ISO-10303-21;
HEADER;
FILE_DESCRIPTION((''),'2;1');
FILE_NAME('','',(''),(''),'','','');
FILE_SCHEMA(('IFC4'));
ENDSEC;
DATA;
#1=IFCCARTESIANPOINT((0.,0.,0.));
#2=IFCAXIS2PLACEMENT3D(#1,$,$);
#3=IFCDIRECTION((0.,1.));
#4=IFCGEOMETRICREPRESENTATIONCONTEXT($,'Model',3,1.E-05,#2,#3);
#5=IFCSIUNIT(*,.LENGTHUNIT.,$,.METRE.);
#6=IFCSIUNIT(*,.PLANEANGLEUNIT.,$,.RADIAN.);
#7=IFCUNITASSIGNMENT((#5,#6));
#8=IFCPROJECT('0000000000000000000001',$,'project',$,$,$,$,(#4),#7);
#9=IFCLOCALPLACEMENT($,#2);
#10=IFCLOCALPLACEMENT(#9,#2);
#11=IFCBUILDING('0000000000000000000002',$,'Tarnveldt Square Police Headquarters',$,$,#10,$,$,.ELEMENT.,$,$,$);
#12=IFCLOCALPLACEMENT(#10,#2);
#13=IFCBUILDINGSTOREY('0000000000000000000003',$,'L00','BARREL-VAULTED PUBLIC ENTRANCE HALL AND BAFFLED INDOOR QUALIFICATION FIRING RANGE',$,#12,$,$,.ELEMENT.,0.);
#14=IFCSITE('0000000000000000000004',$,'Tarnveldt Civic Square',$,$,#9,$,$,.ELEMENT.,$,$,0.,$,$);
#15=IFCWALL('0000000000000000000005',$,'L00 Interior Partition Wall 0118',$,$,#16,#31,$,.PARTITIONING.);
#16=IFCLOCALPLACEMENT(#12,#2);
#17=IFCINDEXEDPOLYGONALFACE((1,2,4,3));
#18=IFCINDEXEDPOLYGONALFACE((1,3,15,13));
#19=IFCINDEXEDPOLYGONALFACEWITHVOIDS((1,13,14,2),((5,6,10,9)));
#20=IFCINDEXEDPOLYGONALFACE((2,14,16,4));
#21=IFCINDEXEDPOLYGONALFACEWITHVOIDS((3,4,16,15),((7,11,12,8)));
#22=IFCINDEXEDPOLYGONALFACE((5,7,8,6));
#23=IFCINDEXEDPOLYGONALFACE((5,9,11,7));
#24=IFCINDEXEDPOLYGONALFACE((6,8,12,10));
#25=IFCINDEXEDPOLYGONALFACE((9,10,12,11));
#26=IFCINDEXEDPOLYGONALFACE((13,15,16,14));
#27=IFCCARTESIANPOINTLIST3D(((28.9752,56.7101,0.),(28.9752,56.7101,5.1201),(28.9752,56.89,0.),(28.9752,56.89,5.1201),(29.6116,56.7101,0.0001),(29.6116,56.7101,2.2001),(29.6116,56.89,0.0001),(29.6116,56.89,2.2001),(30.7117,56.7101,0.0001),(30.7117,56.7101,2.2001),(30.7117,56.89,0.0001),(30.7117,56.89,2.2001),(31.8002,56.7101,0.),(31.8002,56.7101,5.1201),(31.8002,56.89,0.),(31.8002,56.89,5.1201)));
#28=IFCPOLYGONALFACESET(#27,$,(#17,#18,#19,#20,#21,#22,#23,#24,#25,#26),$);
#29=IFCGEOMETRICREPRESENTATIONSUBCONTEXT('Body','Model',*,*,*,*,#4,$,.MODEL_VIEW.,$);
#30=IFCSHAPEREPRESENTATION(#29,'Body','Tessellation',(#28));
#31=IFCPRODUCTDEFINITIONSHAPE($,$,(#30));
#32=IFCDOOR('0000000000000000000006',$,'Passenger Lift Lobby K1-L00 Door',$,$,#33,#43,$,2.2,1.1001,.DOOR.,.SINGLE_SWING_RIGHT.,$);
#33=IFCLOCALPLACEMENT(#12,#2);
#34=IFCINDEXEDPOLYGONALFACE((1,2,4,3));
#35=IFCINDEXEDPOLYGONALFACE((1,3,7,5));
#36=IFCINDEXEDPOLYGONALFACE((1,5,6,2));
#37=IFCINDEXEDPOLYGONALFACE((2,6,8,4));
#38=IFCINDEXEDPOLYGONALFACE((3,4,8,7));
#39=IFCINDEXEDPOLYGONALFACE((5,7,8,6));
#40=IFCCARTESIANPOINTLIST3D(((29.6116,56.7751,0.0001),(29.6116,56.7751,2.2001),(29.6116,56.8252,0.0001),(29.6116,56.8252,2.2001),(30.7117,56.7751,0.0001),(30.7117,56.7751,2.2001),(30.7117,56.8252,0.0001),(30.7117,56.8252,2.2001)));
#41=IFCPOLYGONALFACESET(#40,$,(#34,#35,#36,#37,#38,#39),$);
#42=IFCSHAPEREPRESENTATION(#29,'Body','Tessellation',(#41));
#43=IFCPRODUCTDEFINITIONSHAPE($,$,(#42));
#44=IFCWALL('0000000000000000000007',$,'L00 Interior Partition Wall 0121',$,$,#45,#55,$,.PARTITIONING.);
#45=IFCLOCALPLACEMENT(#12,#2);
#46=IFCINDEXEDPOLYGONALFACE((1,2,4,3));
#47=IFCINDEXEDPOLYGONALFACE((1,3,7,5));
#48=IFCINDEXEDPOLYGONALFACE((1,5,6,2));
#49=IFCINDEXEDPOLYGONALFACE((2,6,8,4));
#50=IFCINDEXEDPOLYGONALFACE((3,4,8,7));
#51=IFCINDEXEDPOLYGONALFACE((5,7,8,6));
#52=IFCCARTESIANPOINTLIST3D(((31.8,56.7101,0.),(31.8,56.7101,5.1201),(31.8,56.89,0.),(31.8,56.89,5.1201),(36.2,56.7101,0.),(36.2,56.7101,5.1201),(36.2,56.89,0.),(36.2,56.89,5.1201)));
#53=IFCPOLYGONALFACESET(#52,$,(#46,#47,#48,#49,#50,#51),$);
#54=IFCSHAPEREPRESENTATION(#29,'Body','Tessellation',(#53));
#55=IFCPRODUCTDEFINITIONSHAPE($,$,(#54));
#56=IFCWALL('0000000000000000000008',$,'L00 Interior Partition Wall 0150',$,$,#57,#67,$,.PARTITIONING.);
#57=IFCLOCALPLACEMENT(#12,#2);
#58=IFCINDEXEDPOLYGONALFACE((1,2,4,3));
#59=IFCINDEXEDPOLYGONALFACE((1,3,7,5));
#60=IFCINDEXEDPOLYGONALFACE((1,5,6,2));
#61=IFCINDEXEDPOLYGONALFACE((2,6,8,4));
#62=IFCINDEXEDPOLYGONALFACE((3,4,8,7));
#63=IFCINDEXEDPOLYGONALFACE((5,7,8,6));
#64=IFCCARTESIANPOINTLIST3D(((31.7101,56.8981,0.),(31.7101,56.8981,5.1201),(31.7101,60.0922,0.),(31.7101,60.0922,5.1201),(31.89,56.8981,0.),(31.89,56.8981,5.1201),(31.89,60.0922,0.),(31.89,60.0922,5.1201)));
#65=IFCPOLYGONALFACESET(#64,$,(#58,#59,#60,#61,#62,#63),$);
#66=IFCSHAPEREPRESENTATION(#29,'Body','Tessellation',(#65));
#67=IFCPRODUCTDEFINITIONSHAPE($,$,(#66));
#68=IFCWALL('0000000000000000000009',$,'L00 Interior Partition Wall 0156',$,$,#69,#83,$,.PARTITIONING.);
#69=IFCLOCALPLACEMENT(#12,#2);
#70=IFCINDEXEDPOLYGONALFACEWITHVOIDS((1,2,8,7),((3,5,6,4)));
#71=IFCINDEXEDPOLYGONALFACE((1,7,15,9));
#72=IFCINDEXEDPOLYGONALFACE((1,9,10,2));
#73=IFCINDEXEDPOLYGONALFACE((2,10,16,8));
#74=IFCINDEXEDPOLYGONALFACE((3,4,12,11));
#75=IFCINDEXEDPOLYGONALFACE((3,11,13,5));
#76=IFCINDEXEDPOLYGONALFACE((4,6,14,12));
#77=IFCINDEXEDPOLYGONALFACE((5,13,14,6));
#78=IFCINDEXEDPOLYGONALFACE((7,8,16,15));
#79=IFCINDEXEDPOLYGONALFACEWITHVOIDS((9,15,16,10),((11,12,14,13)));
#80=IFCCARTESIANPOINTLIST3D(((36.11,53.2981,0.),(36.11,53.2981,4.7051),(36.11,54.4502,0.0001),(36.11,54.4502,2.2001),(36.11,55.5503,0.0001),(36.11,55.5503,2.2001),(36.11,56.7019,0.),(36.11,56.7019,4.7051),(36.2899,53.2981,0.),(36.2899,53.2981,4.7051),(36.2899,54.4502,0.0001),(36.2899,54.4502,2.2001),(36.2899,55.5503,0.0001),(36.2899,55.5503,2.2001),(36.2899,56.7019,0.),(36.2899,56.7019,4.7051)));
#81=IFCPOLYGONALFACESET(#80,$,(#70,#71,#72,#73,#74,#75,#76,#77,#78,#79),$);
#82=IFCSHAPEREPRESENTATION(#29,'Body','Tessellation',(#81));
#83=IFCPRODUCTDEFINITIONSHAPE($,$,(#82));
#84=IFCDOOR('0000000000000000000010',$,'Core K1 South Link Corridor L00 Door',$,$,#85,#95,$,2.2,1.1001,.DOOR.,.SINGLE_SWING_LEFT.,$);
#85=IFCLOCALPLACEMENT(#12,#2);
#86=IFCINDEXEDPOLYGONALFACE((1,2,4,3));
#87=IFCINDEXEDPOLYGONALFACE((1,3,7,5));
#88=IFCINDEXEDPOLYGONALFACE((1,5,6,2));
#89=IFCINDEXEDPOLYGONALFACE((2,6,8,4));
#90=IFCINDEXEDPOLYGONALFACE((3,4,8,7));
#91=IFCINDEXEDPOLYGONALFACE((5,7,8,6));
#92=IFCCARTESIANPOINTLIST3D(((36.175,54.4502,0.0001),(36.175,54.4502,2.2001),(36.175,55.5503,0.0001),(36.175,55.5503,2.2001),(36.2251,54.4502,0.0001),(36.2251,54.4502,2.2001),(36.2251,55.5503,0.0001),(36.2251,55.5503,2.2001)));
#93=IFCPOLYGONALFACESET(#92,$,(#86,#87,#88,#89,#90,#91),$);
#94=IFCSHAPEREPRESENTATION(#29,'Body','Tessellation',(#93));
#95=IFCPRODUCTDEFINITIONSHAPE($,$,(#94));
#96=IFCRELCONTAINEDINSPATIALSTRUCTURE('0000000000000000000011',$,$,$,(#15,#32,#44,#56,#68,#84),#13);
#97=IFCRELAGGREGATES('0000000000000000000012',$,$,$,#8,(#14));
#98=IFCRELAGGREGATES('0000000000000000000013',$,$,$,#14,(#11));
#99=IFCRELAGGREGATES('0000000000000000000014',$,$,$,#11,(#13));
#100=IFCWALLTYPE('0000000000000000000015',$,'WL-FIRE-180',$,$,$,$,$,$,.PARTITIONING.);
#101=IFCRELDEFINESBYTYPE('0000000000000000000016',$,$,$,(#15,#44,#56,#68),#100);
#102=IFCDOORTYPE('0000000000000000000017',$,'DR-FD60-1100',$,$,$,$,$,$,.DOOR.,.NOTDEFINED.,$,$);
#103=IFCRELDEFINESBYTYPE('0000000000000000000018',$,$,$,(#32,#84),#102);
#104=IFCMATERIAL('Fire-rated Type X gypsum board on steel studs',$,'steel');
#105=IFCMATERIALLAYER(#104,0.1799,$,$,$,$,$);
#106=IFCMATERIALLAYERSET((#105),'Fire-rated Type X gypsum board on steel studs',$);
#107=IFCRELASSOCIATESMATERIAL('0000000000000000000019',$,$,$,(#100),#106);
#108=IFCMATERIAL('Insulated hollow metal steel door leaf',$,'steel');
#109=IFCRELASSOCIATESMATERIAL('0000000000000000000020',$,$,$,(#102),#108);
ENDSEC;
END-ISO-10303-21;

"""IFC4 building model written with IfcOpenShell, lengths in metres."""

from ifc_helpers import new_model, si_unit, direction, frame, frame_2d, origin, place, context, subcontext, project, spatial, rectangle, extrude, material, layer, layer_set, type_object, element, fill, save


model = new_model("IFC4")

# Units and contexts
model_context = context("Model", 3, precision=1e-05, world=origin(), true_north=direction((0.0, 1.0)))
body_context = subcontext(model_context, "Body", "Model", "MODEL_VIEW")
ifc_project = project(units=[si_unit("LENGTHUNIT", "METRE"), si_unit("PLANEANGLEUNIT", "RADIAN")], contexts=[model_context])

# Site, building, storey
site_placement = place(None, origin())
site = spatial("IfcSite", under=ifc_project, at=site_placement, Name="Tarnveldt Civic Square", CompositionType="ELEMENT", RefElevation=0.0)
building_placement = place(site_placement, origin())
building = spatial("IfcBuilding", under=site, at=building_placement, Name="Tarnveldt Square Police Headquarters", CompositionType="ELEMENT")
storey_placement = place(building_placement, origin())
storey = spatial("IfcBuildingStorey", under=building, at=storey_placement, Name="L00", Description="BARREL-VAULTED PUBLIC ENTRANCE HALL AND BAFFLED INDOOR QUALIFICATION FIRING RANGE", CompositionType="ELEMENT", Elevation=0.0)

# Shared definitions
ifc_material_1 = material(Name="Fire-rated Type X gypsum board on steel studs", Category="steel")
ifc_layer = layer(ifc_material_1, 0.1799)
ifc_layer_set = layer_set([ifc_layer], Name="Fire-rated Type X gypsum board on steel studs")
wall_type = type_object("IfcWallType", Name="WL-FIRE-180", PredefinedType="PARTITIONING", material=ifc_layer_set)

# Wall, opening, door
wall_1_placement = place(storey_placement, frame((28.9751, 56.8, 0.0), z_axis=(0.0, 0.0, 1.0), x_axis=(1.0, 0.0, 0.0)))
wall_1 = element("IfcWall", 1, at=wall_1_placement, inside=storey, type_object=wall_type, Name="L00 Interior Partition Wall 0118", PredefinedType="PARTITIONING", context=body_context, shape_type="SweptSolid", body=[
    extrude(rectangle(XDim=2.825, YDim=0.1799, at=frame_2d((1.4126, 0.0))), origin(), (0.0, 0.0, 1.0), 5.1201),
])
opening_1_placement = place(wall_1_placement, frame((0.6365, 0.0, 0.0)))
opening_1 = element("IfcOpeningElement", 2, at=opening_1_placement, cuts=wall_1, PredefinedType="OPENING", context=body_context, shape_type="SweptSolid", body=[
    extrude(rectangle(XDim=1.1001, YDim=2.2, at=frame_2d((0.55, 1.1001))), frame((0.0, 0.0999, 0.0), z_axis=(0.0, -1.0, 0.0), x_axis=(1.0, 0.0, 0.0)), (0.0, 0.0, 1.0), 0.2),
])
ifc_material_2 = material(Name="Insulated hollow metal steel door leaf", Category="steel")
door_type = type_object("IfcDoorType", Name="DR-FD60-1100", OperationType="NOTDEFINED", PredefinedType="DOOR", material=ifc_material_2)
door_1_placement = place(opening_1_placement, frame((1.1001, 0.0, 0.0), z_axis=(0.0, 0.0, 1.0), x_axis=(-1.0, 0.0, 0.0)))
door_1 = element("IfcDoor", 3, at=door_1_placement, inside=storey, type_object=door_type, Name="Passenger Lift Lobby K1-L00 Door", OperationType="SINGLE_SWING_RIGHT", OverallHeight=2.2, OverallWidth=1.1001, PredefinedType="DOOR", context=body_context, shape_type="SweptSolid", body=[
    extrude(rectangle(XDim=1.1001, YDim=2.2, at=frame_2d((0.55, 1.1001))), frame((0.0, 0.0249, 0.0), z_axis=(0.0, -1.0, 0.0), x_axis=(1.0, 0.0, 0.0)), (0.0, 0.0, 1.0), 0.05),
])
fill(opening_1, door_1)

# Walls
wall_2_placement = place(storey_placement, frame((31.8, 56.8, 0.0), z_axis=(0.0, 0.0, 1.0), x_axis=(1.0, 0.0, 0.0)))
element("IfcWall", 4, at=wall_2_placement, inside=storey, type_object=wall_type, Name="L00 Interior Partition Wall 0121", PredefinedType="PARTITIONING", context=body_context, shape_type="SweptSolid", body=[
    extrude(rectangle(XDim=4.3999, YDim=0.1799, at=frame_2d((2.2, 0.0))), origin(), (0.0, 0.0, 1.0), 5.1201),
])
wall_3_placement = place(storey_placement, frame((31.8, 56.8979, 0.0), z_axis=(0.0, 0.0, 1.0), x_axis=(0.0, 1.0, 0.0)))
element("IfcWall", 5, at=wall_3_placement, inside=storey, type_object=wall_type, Name="L00 Interior Partition Wall 0150", PredefinedType="PARTITIONING", context=body_context, shape_type="SweptSolid", body=[
    extrude(rectangle(XDim=3.1941, YDim=0.1799, at=frame_2d((1.5972, 0.0))), origin(), (0.0, 0.0, 1.0), 5.1201),
])

# Wall, opening, door
wall_4_placement = place(storey_placement, frame((36.2, 53.2981, 0.0), z_axis=(0.0, 0.0, 1.0), x_axis=(0.0, 1.0, 0.0)))
wall_4 = element("IfcWall", 6, at=wall_4_placement, inside=storey, type_object=wall_type, Name="L00 Interior Partition Wall 0156", PredefinedType="PARTITIONING", context=body_context, shape_type="SweptSolid", body=[
    extrude(rectangle(XDim=3.4038, YDim=0.1799, at=frame_2d((1.7019, 0.0))), origin(), (0.0, 0.0, 1.0), 4.7051),
])
opening_2_placement = place(wall_4_placement, frame((1.1521, 0.0, 0.0)))
opening_2 = element("IfcOpeningElement", 7, at=opening_2_placement, cuts=wall_4, PredefinedType="OPENING", context=body_context, shape_type="SweptSolid", body=[
    extrude(rectangle(XDim=1.1001, YDim=2.2, at=frame_2d((0.55, 1.1001))), frame((0.0, 0.0999, 0.0), z_axis=(0.0, -1.0, 0.0), x_axis=(1.0, 0.0, 0.0)), (0.0, 0.0, 1.0), 0.2),
])
door_2_placement = place(opening_2_placement, origin())
door_2 = element("IfcDoor", 8, at=door_2_placement, inside=storey, type_object=door_type, Name="Core K1 South Link Corridor L00 Door", OperationType="SINGLE_SWING_LEFT", OverallHeight=2.2, OverallWidth=1.1001, PredefinedType="DOOR", context=body_context, shape_type="SweptSolid", body=[
    extrude(rectangle(XDim=1.1001, YDim=2.2, at=frame_2d((0.55, 1.1001))), frame((0.0, 0.0249, 0.0), z_axis=(0.0, -1.0, 0.0), x_axis=(1.0, 0.0, 0.0)), (0.0, 0.0, 1.0), 0.05),
])
fill(opening_2, door_2)

save(model, "model.ifc")
